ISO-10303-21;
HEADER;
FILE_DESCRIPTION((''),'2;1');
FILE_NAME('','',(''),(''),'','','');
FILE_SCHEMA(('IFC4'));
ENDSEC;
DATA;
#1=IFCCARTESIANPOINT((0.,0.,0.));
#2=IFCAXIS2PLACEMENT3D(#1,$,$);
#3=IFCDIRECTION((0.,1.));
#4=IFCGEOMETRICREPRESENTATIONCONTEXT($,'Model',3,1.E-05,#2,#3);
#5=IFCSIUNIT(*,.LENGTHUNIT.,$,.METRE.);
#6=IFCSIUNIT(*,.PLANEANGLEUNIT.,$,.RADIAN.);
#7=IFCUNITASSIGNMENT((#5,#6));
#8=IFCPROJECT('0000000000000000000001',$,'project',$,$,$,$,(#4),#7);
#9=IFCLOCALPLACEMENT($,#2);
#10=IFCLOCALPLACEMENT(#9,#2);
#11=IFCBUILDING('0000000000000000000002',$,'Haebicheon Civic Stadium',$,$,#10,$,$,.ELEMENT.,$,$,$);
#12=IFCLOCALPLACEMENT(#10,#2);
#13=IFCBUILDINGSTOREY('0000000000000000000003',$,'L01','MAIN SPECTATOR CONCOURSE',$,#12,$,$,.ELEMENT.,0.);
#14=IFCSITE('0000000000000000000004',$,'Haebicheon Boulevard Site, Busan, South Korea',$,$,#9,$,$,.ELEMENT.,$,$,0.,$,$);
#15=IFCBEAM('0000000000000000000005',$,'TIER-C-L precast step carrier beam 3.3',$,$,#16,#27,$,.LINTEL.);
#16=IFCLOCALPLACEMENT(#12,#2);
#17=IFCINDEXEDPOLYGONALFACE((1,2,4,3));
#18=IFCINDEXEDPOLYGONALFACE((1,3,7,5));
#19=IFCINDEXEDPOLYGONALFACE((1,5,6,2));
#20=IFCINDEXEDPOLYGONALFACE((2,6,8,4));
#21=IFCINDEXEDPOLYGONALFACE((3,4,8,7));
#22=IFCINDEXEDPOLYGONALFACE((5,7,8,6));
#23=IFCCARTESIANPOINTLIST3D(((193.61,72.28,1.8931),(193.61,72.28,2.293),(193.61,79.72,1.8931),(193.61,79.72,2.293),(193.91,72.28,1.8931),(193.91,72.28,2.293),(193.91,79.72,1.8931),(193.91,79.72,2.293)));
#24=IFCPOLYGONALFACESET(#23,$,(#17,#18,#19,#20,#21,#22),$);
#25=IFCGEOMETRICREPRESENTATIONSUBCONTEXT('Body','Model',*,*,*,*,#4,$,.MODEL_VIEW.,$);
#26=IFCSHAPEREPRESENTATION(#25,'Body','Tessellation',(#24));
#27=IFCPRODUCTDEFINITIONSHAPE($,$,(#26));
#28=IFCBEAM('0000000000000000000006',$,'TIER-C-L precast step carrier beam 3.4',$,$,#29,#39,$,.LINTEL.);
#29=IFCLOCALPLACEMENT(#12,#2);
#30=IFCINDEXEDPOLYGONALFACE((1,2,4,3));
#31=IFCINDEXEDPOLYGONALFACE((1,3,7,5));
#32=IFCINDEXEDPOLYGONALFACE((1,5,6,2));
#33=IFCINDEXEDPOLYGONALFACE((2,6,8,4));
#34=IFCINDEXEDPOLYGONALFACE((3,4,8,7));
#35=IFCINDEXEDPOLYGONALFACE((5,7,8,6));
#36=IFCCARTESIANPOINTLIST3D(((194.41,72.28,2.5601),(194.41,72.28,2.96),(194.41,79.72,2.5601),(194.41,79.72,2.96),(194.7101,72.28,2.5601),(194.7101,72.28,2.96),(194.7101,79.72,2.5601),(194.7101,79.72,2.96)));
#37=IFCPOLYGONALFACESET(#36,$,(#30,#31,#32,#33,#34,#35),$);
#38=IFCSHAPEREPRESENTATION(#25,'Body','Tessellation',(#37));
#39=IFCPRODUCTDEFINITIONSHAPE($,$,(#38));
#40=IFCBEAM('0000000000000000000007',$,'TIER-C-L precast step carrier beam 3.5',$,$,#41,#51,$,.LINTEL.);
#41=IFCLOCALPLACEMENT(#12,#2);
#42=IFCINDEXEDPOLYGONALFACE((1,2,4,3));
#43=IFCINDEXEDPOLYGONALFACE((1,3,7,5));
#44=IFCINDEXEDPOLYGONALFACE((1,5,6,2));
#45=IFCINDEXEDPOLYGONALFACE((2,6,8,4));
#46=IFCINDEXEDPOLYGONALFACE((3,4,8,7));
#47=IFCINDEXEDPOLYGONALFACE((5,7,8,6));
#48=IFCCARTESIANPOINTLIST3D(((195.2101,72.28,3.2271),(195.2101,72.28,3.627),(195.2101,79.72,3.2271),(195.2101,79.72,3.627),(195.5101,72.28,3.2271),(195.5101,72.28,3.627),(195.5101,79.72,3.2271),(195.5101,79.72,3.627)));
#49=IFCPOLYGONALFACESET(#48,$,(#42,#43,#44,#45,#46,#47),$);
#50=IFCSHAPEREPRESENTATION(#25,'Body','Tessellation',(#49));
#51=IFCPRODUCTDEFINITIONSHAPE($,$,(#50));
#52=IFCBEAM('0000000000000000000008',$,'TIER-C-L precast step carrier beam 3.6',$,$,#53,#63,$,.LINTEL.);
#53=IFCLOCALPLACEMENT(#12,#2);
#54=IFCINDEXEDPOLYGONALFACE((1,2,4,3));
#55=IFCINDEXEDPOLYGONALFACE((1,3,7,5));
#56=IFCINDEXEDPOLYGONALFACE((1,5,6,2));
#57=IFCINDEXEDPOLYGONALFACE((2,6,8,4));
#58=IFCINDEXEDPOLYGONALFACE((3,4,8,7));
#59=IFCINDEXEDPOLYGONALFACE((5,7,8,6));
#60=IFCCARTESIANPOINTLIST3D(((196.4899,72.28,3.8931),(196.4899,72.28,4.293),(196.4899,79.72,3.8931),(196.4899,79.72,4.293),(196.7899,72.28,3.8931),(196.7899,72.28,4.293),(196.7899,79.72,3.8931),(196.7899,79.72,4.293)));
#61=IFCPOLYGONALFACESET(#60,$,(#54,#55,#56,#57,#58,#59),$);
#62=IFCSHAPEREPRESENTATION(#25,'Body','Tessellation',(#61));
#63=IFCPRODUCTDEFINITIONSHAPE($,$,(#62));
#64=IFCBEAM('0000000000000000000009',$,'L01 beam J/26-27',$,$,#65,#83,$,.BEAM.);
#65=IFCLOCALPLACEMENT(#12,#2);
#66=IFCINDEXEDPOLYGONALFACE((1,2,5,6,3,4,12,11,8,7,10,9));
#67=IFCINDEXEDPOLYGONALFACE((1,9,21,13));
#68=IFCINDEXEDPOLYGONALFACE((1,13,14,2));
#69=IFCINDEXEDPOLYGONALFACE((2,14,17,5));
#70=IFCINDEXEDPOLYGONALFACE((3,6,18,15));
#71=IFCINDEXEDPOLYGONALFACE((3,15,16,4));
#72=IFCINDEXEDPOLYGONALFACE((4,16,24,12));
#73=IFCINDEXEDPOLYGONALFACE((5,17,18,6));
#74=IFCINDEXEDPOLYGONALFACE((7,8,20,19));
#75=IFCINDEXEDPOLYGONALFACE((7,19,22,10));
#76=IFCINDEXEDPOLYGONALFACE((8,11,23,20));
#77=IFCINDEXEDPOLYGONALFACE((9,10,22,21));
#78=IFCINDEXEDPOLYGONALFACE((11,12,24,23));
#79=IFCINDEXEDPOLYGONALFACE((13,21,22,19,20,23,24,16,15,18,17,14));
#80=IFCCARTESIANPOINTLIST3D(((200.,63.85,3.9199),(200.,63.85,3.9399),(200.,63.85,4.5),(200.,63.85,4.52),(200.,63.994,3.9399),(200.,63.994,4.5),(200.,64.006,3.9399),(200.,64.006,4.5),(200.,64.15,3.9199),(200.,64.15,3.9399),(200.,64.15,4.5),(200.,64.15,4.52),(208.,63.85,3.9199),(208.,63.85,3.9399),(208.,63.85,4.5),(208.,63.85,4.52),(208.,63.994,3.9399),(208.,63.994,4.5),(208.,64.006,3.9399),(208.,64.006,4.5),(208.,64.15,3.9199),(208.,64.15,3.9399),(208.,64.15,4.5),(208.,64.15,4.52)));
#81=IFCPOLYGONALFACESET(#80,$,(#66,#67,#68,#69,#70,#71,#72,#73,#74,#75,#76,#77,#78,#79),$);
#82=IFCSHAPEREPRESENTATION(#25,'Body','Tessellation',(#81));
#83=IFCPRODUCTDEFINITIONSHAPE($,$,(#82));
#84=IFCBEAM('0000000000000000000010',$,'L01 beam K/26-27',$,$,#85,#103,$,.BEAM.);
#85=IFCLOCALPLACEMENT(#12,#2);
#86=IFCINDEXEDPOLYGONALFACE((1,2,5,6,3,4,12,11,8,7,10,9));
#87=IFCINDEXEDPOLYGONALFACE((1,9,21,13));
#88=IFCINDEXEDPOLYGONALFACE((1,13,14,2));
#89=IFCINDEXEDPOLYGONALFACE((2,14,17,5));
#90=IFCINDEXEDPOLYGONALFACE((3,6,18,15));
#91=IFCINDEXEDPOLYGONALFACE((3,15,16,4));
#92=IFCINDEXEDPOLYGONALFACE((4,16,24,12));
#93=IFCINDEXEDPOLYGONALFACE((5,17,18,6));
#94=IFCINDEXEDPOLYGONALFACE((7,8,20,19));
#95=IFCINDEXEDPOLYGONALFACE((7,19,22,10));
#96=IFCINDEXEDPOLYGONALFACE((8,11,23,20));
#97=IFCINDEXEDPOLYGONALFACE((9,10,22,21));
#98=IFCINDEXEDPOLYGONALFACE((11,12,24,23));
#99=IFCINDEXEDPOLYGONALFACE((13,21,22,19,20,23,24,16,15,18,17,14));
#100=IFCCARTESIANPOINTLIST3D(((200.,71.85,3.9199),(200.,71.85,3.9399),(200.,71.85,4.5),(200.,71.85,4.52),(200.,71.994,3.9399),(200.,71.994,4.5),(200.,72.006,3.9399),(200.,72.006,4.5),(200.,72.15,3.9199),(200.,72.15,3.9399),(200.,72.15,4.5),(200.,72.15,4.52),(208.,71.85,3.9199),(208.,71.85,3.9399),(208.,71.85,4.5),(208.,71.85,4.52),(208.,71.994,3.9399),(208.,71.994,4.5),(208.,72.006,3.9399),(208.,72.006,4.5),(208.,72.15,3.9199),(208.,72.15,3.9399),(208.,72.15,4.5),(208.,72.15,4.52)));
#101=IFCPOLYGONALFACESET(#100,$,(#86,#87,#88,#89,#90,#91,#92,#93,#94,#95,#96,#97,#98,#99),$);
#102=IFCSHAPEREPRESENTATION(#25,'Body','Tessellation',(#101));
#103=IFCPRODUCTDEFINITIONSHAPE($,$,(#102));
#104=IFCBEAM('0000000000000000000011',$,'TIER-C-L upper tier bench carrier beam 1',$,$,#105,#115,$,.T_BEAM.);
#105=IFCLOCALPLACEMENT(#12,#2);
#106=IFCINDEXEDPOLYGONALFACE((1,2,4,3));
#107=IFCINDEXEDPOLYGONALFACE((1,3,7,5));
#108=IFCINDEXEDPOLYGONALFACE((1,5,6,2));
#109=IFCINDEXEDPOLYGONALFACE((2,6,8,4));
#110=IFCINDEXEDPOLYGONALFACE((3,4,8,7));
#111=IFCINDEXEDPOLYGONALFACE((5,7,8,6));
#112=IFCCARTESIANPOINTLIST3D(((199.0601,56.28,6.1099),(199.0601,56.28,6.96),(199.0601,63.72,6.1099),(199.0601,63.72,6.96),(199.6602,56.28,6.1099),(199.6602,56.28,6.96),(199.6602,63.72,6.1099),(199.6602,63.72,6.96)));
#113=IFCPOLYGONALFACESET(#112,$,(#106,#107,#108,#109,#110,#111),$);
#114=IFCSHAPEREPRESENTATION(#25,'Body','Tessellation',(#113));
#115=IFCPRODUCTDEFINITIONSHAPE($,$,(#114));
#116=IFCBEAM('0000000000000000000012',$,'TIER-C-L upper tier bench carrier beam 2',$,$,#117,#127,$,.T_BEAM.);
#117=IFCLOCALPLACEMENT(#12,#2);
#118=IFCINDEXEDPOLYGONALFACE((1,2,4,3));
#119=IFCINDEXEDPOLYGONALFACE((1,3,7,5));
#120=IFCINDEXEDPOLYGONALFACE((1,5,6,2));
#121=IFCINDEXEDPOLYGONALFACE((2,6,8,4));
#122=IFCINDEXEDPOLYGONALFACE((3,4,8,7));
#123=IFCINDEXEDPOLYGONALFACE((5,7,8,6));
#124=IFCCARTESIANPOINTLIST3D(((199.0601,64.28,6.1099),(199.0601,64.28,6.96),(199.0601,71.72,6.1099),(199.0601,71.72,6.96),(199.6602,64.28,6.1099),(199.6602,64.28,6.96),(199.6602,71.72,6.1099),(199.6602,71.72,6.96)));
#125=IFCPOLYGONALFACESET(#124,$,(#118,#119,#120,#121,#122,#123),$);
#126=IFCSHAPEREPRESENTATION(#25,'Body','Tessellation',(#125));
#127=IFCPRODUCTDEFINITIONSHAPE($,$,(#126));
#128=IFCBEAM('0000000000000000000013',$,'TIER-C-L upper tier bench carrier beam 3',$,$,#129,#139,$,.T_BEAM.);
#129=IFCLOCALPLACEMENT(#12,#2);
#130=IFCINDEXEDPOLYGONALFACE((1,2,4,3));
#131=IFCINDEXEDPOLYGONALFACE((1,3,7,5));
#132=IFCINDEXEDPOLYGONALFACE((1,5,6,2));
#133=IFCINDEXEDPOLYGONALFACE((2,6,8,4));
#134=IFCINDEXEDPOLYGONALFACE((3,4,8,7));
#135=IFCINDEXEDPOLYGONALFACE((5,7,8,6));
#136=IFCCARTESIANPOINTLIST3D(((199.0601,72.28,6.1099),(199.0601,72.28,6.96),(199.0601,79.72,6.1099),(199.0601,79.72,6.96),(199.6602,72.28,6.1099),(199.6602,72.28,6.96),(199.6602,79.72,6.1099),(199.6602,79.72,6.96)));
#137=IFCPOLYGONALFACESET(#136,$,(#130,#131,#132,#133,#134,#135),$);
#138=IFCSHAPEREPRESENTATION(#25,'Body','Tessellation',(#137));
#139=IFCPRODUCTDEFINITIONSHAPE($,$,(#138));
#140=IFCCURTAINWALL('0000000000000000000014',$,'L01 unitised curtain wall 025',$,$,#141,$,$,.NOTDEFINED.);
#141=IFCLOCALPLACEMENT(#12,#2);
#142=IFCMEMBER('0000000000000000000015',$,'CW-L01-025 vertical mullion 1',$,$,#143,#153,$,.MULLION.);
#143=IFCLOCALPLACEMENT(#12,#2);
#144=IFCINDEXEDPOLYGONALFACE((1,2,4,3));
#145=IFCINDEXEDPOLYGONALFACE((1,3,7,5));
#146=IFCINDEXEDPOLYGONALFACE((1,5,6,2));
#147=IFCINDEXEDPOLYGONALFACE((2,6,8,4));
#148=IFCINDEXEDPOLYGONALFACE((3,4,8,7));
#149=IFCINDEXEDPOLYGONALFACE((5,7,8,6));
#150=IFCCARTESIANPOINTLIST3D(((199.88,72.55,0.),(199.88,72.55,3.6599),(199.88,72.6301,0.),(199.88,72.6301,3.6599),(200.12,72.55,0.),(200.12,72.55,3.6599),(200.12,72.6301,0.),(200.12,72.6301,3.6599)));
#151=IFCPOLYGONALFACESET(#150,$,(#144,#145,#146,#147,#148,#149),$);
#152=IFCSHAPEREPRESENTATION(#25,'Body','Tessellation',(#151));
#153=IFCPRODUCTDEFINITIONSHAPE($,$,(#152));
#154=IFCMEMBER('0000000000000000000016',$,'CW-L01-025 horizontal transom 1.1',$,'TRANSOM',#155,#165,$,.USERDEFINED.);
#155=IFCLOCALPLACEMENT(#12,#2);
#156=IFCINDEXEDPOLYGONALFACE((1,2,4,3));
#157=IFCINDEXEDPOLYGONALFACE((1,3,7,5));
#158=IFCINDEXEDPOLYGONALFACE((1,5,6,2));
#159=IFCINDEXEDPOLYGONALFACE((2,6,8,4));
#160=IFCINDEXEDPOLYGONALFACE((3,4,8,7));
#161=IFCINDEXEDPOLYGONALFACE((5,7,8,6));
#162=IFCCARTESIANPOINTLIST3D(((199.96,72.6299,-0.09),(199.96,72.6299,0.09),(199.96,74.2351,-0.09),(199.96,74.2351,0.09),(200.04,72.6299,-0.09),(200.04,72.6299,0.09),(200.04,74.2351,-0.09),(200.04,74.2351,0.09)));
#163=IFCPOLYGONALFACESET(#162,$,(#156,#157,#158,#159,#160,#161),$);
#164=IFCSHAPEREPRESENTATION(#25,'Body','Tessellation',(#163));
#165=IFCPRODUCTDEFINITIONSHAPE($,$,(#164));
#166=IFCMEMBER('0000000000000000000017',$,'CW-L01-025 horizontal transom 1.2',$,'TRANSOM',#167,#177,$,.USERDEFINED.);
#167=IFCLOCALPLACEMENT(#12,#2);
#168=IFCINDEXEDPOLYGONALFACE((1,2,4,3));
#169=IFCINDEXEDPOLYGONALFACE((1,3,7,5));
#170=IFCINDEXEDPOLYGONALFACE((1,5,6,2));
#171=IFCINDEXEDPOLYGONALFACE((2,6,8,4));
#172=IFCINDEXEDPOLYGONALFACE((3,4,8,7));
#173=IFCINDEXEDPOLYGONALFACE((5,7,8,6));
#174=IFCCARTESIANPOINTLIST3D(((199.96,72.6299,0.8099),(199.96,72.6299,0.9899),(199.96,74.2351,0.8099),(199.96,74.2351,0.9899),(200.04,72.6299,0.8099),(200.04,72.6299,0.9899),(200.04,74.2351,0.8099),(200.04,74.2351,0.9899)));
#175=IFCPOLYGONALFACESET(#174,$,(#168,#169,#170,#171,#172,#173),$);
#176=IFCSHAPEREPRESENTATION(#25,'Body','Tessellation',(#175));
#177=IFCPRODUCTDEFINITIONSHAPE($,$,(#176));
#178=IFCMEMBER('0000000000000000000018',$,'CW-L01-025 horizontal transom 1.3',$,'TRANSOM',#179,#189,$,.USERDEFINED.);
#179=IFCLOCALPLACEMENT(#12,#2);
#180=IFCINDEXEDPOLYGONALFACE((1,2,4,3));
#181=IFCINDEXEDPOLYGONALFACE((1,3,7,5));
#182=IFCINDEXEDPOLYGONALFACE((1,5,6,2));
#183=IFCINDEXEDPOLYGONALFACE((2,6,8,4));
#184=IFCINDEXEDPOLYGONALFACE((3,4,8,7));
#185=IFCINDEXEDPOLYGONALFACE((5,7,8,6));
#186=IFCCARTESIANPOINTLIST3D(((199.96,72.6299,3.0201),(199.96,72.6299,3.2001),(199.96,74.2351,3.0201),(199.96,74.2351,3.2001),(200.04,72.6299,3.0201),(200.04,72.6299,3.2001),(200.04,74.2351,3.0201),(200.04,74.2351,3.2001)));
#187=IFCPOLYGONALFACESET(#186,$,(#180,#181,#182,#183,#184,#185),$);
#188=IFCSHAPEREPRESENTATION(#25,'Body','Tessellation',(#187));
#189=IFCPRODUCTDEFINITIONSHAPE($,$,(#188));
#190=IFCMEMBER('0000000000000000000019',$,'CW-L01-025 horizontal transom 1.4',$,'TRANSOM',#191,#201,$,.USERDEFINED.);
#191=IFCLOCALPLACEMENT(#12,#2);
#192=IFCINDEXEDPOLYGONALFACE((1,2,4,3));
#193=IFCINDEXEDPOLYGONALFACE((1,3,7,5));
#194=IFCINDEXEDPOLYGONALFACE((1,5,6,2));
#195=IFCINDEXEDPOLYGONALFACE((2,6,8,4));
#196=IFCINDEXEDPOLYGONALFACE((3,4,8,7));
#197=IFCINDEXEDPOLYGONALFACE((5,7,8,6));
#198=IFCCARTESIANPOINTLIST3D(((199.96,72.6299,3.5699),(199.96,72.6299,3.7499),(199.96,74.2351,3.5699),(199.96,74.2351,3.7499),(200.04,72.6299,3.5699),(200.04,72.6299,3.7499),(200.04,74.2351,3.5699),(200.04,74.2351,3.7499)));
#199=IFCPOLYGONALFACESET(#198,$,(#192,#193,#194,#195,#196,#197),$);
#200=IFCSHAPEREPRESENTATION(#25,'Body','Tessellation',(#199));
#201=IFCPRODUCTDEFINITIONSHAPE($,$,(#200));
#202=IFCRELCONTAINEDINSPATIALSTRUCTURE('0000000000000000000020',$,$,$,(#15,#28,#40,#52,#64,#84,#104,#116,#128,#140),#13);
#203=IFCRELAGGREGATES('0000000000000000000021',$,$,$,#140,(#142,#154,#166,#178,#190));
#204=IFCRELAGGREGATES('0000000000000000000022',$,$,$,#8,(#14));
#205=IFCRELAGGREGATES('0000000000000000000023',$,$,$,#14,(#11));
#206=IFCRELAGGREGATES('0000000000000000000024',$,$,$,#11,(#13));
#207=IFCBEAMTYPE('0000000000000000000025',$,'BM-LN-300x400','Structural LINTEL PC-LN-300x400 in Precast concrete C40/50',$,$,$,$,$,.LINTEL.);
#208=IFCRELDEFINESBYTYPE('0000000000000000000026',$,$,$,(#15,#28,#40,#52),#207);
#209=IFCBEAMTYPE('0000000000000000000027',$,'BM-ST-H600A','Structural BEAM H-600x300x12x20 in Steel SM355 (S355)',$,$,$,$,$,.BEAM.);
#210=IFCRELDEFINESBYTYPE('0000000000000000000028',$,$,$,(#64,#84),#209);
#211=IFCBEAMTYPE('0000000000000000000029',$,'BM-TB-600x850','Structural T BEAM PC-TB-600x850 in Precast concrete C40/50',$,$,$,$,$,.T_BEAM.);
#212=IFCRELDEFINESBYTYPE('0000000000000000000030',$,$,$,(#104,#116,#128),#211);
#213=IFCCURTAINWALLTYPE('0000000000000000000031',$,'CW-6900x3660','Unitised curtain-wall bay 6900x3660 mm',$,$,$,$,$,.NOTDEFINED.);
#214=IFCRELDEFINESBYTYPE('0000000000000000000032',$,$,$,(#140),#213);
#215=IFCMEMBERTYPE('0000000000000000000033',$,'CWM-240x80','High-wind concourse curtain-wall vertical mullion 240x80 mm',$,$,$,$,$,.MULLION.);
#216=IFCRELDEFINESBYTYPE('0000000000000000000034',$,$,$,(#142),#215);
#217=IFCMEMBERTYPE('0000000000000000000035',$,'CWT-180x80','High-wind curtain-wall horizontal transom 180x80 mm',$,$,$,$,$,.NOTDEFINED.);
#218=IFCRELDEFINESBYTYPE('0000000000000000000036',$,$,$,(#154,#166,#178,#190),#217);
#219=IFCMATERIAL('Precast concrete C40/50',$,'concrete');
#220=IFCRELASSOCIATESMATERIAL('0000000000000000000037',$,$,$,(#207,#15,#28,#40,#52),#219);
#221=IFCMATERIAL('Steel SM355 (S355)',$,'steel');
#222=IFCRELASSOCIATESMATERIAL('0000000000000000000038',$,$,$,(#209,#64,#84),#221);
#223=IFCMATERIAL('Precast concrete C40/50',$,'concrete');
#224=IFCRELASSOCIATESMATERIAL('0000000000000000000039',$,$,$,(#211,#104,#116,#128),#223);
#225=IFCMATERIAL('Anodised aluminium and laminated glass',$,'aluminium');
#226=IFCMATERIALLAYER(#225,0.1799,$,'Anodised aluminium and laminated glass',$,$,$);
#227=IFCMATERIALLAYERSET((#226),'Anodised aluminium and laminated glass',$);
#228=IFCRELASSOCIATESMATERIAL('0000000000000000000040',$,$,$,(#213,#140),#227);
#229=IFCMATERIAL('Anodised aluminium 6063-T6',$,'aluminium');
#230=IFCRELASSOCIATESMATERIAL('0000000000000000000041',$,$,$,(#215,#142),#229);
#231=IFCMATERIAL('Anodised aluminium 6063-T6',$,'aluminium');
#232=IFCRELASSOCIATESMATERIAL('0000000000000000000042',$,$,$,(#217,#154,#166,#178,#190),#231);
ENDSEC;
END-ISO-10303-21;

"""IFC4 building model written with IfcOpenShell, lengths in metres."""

from ifc_helpers import new_model, si_unit, direction, frame, origin, origin_2d, place, context, subcontext, project, spatial, rectangle, i_section, extrude, material, layer, layer_set, material_profile, profile_set, type_object, element, aggregate, save


model = new_model("IFC4")

# Units and contexts
model_context = context("Model", 3, precision=1e-05, world=origin(), true_north=direction((0.0, 1.0)))
body_context = subcontext(model_context, "Body", "Model", "MODEL_VIEW")
ifc_project = project(units=[si_unit("LENGTHUNIT", "METRE"), si_unit("PLANEANGLEUNIT", "RADIAN")], contexts=[model_context])

# Site, building, storey
site_placement = place(None, origin())
site = spatial("IfcSite", under=ifc_project, at=site_placement, Name="Haebicheon Boulevard Site, Busan, South Korea", CompositionType="ELEMENT", RefElevation=0.0)
building_placement = place(site_placement, origin())
building = spatial("IfcBuilding", under=site, at=building_placement, Name="Haebicheon Civic Stadium", CompositionType="ELEMENT")
storey_placement = place(building_placement, origin())
storey = spatial("IfcBuildingStorey", under=building, at=storey_placement, Name="L01", Description="MAIN SPECTATOR CONCOURSE", CompositionType="ELEMENT", Elevation=0.0)

# Beams
ifc_material_1 = material(Name="Precast concrete C40/50", Category="concrete")
ifc_material_profile_1 = material_profile(ifc_material_1, rectangle(XDim=0.3, YDim=0.3999, at=origin_2d()), Name="PC-LN-300x400")
ifc_profile_set_1 = profile_set([ifc_material_profile_1], Name="Precast concrete C40/50")
beam_type_1 = type_object("IfcBeamType", Name="BM-LN-300x400", Description="Structural LINTEL PC-LN-300x400 in Precast concrete C40/50", PredefinedType="LINTEL", material=ifc_profile_set_1)
for number, where, z_axis, x_axis, name in (
    (1, (193.76, 72.28, 2.093), (0.0, 1.0, 0.0), (-1.0, 0.0, 0.0), "TIER-C-L precast step carrier beam 3.3"),
    (2, (194.5601, 72.28, 2.76), (0.0, 1.0, 0.0), (-1.0, 0.0, 0.0), "TIER-C-L precast step carrier beam 3.4"),
    (3, (195.3601, 72.28, 3.427), (0.0, 1.0, 0.0), (-1.0, 0.0, 0.0), "TIER-C-L precast step carrier beam 3.5"),
    (4, (196.6399, 72.28, 4.093), (0.0, 1.0, 0.0), (-1.0, 0.0, 0.0), "TIER-C-L precast step carrier beam 3.6"),
):
    element("IfcBeam", number, at=place(storey_placement, frame(where, z_axis=z_axis, x_axis=x_axis)), inside=storey, type_object=beam_type_1, material=ifc_profile_set_1, Name=name, PredefinedType="LINTEL", context=body_context, shape_type="SweptSolid", body=[
        extrude(rectangle(XDim=0.3, YDim=0.3999, at=origin_2d()), origin(), (0.0, 0.0, 1.0), 7.4399),
    ])
ifc_material_2 = material(Name="Steel SM355 (S355)", Category="steel")
ifc_material_profile_2 = material_profile(ifc_material_2, i_section(OverallWidth=0.3, OverallDepth=0.6001, WebThickness=0.012, FlangeThickness=0.02, at=origin_2d()), Name="H-600x300x12x20")
ifc_profile_set_2 = profile_set([ifc_material_profile_2], Name="Steel SM355 (S355)")
beam_type_2 = type_object("IfcBeamType", Name="BM-ST-H600A", Description="Structural BEAM H-600x300x12x20 in Steel SM355 (S355)", PredefinedType="BEAM", material=ifc_profile_set_2)
for number, where, z_axis, x_axis, name in (
    (5, (200.0, 64.0, 4.22), (1.0, 0.0, 0.0), (0.0, 1.0, 0.0), "L01 beam J/26-27"),
    (6, (200.0, 72.0, 4.22), (1.0, 0.0, 0.0), (0.0, 1.0, 0.0), "L01 beam K/26-27"),
):
    element("IfcBeam", number, at=place(storey_placement, frame(where, z_axis=z_axis, x_axis=x_axis)), inside=storey, type_object=beam_type_2, material=ifc_profile_set_2, Name=name, PredefinedType="BEAM", context=body_context, shape_type="SweptSolid", body=[
        extrude(i_section(OverallWidth=0.3, OverallDepth=0.6001, WebThickness=0.012, FlangeThickness=0.02, at=origin_2d()), origin(), (0.0, 0.0, 1.0), 8.0),
    ])
ifc_material_3 = material(Name="Precast concrete C40/50", Category="concrete")
ifc_material_profile_3 = material_profile(ifc_material_3, rectangle(XDim=0.6001, YDim=0.8501, at=origin_2d()), Name="PC-TB-600x850")
ifc_profile_set_3 = profile_set([ifc_material_profile_3], Name="Precast concrete C40/50")
beam_type_3 = type_object("IfcBeamType", Name="BM-TB-600x850", Description="Structural T BEAM PC-TB-600x850 in Precast concrete C40/50", PredefinedType="T_BEAM", material=ifc_profile_set_3)
for number, where, z_axis, x_axis, name in (
    (7, (199.3601, 56.28, 6.5349), (0.0, 1.0, 0.0), (-1.0, 0.0, 0.0), "TIER-C-L upper tier bench carrier beam 1"),
    (8, (199.3601, 64.28, 6.5349), (0.0, 1.0, 0.0), (-1.0, 0.0, 0.0), "TIER-C-L upper tier bench carrier beam 2"),
    (9, (199.3601, 72.28, 6.5349), (0.0, 1.0, 0.0), (-1.0, 0.0, 0.0), "TIER-C-L upper tier bench carrier beam 3"),
):
    element("IfcBeam", number, at=place(storey_placement, frame(where, z_axis=z_axis, x_axis=x_axis)), inside=storey, type_object=beam_type_3, material=ifc_profile_set_3, Name=name, PredefinedType="T_BEAM", context=body_context, shape_type="SweptSolid", body=[
        extrude(rectangle(XDim=0.6001, YDim=0.8501, at=origin_2d()), origin(), (0.0, 0.0, 1.0), 7.4399),
    ])

# Curtain wall, members
ifc_material_4 = material(Name="Anodised aluminium and laminated glass", Category="aluminium")
ifc_layer_1 = layer(ifc_material_4, 0.1799, Name="Anodised aluminium and laminated glass")
ifc_layer_set_1 = layer_set([ifc_layer_1], Name="Anodised aluminium and laminated glass")
curtain_wall_type = type_object("IfcCurtainWallType", Name="CW-6900x3660", Description="Unitised curtain-wall bay 6900x3660 mm", PredefinedType="NOTDEFINED", material=ifc_layer_set_1)
curtain_wall_placement = place(storey_placement, origin())
curtain_wall = element("IfcCurtainWall", 10, at=curtain_wall_placement, inside=storey, type_object=curtain_wall_type, material=ifc_layer_set_1, Name="L01 unitised curtain wall 025", PredefinedType="NOTDEFINED")
ifc_material_5 = material(Name="Anodised aluminium 6063-T6", Category="aluminium")
ifc_material_profile_4 = material_profile(ifc_material_5, rectangle(XDim=0.0801, YDim=0.24, at=origin_2d()), Name="ALU-MULL-80x240")
ifc_profile_set_4 = profile_set([ifc_material_profile_4], Name="Anodised aluminium 6063-T6")
member_type_1 = type_object("IfcMemberType", Name="CWM-240x80", Description="High-wind concourse curtain-wall vertical mullion 240x80 mm", PredefinedType="MULLION", material=ifc_profile_set_4)
member_1_placement = place(storey_placement, frame((200.0, 72.5901, 0.0), z_axis=(0.0, 0.0, 1.0), x_axis=(0.0, 1.0, 0.0)))
member_1 = element("IfcMember", 11, at=member_1_placement, type_object=member_type_1, material=ifc_profile_set_4, Name="CW-L01-025 vertical mullion 1", PredefinedType="MULLION", context=body_context, shape_type="SweptSolid", body=[
    extrude(rectangle(XDim=0.0801, YDim=0.24, at=origin_2d()), origin(), (0.0, 0.0, 1.0), 3.6599),
])
ifc_material_6 = material(Name="Anodised aluminium 6063-T6", Category="aluminium")
ifc_material_profile_5 = material_profile(ifc_material_6, rectangle(XDim=0.0801, YDim=0.1799, at=origin_2d()), Name="ALU-TRAN-80x180")
ifc_profile_set_5 = profile_set([ifc_material_profile_5], Name="Anodised aluminium 6063-T6")
member_type_2 = type_object("IfcMemberType", Name="CWT-180x80", Description="High-wind curtain-wall horizontal transom 180x80 mm", PredefinedType="NOTDEFINED", material=ifc_profile_set_5)
member_2_placement = place(storey_placement, frame((200.0, 72.6299, 0.0), z_axis=(0.0, 1.0, 0.0), x_axis=(-1.0, 0.0, 0.0)))
member_2 = element("IfcMember", 12, at=member_2_placement, type_object=member_type_2, material=ifc_profile_set_5, Name="CW-L01-025 horizontal transom 1.1", ObjectType="TRANSOM", PredefinedType="USERDEFINED", context=body_context, shape_type="SweptSolid", body=[
    extrude(rectangle(XDim=0.0801, YDim=0.1799, at=origin_2d()), origin(), (0.0, 0.0, 1.0), 1.6052),
])
member_3_placement = place(storey_placement, frame((200.0, 72.6299, 0.8999), z_axis=(0.0, 1.0, 0.0), x_axis=(-1.0, 0.0, 0.0)))
member_3 = element("IfcMember", 13, at=member_3_placement, type_object=member_type_2, material=ifc_profile_set_5, Name="CW-L01-025 horizontal transom 1.2", ObjectType="TRANSOM", PredefinedType="USERDEFINED", context=body_context, shape_type="SweptSolid", body=[
    extrude(rectangle(XDim=0.0801, YDim=0.1799, at=origin_2d()), origin(), (0.0, 0.0, 1.0), 1.6052),
])
member_4_placement = place(storey_placement, frame((200.0, 72.6299, 3.1101), z_axis=(0.0, 1.0, 0.0), x_axis=(-1.0, 0.0, 0.0)))
member_4 = element("IfcMember", 14, at=member_4_placement, type_object=member_type_2, material=ifc_profile_set_5, Name="CW-L01-025 horizontal transom 1.3", ObjectType="TRANSOM", PredefinedType="USERDEFINED", context=body_context, shape_type="SweptSolid", body=[
    extrude(rectangle(XDim=0.0801, YDim=0.1799, at=origin_2d()), origin(), (0.0, 0.0, 1.0), 1.6052),
])
member_5_placement = place(storey_placement, frame((200.0, 72.6299, 3.6599), z_axis=(0.0, 1.0, 0.0), x_axis=(-1.0, 0.0, 0.0)))
member_5 = element("IfcMember", 15, at=member_5_placement, type_object=member_type_2, material=ifc_profile_set_5, Name="CW-L01-025 horizontal transom 1.4", ObjectType="TRANSOM", PredefinedType="USERDEFINED", context=body_context, shape_type="SweptSolid", body=[
    extrude(rectangle(XDim=0.0801, YDim=0.1799, at=origin_2d()), origin(), (0.0, 0.0, 1.0), 1.6052),
])

aggregate(curtain_wall, [member_1, member_2, member_3, member_4, member_5])

save(model, "model.ifc")
